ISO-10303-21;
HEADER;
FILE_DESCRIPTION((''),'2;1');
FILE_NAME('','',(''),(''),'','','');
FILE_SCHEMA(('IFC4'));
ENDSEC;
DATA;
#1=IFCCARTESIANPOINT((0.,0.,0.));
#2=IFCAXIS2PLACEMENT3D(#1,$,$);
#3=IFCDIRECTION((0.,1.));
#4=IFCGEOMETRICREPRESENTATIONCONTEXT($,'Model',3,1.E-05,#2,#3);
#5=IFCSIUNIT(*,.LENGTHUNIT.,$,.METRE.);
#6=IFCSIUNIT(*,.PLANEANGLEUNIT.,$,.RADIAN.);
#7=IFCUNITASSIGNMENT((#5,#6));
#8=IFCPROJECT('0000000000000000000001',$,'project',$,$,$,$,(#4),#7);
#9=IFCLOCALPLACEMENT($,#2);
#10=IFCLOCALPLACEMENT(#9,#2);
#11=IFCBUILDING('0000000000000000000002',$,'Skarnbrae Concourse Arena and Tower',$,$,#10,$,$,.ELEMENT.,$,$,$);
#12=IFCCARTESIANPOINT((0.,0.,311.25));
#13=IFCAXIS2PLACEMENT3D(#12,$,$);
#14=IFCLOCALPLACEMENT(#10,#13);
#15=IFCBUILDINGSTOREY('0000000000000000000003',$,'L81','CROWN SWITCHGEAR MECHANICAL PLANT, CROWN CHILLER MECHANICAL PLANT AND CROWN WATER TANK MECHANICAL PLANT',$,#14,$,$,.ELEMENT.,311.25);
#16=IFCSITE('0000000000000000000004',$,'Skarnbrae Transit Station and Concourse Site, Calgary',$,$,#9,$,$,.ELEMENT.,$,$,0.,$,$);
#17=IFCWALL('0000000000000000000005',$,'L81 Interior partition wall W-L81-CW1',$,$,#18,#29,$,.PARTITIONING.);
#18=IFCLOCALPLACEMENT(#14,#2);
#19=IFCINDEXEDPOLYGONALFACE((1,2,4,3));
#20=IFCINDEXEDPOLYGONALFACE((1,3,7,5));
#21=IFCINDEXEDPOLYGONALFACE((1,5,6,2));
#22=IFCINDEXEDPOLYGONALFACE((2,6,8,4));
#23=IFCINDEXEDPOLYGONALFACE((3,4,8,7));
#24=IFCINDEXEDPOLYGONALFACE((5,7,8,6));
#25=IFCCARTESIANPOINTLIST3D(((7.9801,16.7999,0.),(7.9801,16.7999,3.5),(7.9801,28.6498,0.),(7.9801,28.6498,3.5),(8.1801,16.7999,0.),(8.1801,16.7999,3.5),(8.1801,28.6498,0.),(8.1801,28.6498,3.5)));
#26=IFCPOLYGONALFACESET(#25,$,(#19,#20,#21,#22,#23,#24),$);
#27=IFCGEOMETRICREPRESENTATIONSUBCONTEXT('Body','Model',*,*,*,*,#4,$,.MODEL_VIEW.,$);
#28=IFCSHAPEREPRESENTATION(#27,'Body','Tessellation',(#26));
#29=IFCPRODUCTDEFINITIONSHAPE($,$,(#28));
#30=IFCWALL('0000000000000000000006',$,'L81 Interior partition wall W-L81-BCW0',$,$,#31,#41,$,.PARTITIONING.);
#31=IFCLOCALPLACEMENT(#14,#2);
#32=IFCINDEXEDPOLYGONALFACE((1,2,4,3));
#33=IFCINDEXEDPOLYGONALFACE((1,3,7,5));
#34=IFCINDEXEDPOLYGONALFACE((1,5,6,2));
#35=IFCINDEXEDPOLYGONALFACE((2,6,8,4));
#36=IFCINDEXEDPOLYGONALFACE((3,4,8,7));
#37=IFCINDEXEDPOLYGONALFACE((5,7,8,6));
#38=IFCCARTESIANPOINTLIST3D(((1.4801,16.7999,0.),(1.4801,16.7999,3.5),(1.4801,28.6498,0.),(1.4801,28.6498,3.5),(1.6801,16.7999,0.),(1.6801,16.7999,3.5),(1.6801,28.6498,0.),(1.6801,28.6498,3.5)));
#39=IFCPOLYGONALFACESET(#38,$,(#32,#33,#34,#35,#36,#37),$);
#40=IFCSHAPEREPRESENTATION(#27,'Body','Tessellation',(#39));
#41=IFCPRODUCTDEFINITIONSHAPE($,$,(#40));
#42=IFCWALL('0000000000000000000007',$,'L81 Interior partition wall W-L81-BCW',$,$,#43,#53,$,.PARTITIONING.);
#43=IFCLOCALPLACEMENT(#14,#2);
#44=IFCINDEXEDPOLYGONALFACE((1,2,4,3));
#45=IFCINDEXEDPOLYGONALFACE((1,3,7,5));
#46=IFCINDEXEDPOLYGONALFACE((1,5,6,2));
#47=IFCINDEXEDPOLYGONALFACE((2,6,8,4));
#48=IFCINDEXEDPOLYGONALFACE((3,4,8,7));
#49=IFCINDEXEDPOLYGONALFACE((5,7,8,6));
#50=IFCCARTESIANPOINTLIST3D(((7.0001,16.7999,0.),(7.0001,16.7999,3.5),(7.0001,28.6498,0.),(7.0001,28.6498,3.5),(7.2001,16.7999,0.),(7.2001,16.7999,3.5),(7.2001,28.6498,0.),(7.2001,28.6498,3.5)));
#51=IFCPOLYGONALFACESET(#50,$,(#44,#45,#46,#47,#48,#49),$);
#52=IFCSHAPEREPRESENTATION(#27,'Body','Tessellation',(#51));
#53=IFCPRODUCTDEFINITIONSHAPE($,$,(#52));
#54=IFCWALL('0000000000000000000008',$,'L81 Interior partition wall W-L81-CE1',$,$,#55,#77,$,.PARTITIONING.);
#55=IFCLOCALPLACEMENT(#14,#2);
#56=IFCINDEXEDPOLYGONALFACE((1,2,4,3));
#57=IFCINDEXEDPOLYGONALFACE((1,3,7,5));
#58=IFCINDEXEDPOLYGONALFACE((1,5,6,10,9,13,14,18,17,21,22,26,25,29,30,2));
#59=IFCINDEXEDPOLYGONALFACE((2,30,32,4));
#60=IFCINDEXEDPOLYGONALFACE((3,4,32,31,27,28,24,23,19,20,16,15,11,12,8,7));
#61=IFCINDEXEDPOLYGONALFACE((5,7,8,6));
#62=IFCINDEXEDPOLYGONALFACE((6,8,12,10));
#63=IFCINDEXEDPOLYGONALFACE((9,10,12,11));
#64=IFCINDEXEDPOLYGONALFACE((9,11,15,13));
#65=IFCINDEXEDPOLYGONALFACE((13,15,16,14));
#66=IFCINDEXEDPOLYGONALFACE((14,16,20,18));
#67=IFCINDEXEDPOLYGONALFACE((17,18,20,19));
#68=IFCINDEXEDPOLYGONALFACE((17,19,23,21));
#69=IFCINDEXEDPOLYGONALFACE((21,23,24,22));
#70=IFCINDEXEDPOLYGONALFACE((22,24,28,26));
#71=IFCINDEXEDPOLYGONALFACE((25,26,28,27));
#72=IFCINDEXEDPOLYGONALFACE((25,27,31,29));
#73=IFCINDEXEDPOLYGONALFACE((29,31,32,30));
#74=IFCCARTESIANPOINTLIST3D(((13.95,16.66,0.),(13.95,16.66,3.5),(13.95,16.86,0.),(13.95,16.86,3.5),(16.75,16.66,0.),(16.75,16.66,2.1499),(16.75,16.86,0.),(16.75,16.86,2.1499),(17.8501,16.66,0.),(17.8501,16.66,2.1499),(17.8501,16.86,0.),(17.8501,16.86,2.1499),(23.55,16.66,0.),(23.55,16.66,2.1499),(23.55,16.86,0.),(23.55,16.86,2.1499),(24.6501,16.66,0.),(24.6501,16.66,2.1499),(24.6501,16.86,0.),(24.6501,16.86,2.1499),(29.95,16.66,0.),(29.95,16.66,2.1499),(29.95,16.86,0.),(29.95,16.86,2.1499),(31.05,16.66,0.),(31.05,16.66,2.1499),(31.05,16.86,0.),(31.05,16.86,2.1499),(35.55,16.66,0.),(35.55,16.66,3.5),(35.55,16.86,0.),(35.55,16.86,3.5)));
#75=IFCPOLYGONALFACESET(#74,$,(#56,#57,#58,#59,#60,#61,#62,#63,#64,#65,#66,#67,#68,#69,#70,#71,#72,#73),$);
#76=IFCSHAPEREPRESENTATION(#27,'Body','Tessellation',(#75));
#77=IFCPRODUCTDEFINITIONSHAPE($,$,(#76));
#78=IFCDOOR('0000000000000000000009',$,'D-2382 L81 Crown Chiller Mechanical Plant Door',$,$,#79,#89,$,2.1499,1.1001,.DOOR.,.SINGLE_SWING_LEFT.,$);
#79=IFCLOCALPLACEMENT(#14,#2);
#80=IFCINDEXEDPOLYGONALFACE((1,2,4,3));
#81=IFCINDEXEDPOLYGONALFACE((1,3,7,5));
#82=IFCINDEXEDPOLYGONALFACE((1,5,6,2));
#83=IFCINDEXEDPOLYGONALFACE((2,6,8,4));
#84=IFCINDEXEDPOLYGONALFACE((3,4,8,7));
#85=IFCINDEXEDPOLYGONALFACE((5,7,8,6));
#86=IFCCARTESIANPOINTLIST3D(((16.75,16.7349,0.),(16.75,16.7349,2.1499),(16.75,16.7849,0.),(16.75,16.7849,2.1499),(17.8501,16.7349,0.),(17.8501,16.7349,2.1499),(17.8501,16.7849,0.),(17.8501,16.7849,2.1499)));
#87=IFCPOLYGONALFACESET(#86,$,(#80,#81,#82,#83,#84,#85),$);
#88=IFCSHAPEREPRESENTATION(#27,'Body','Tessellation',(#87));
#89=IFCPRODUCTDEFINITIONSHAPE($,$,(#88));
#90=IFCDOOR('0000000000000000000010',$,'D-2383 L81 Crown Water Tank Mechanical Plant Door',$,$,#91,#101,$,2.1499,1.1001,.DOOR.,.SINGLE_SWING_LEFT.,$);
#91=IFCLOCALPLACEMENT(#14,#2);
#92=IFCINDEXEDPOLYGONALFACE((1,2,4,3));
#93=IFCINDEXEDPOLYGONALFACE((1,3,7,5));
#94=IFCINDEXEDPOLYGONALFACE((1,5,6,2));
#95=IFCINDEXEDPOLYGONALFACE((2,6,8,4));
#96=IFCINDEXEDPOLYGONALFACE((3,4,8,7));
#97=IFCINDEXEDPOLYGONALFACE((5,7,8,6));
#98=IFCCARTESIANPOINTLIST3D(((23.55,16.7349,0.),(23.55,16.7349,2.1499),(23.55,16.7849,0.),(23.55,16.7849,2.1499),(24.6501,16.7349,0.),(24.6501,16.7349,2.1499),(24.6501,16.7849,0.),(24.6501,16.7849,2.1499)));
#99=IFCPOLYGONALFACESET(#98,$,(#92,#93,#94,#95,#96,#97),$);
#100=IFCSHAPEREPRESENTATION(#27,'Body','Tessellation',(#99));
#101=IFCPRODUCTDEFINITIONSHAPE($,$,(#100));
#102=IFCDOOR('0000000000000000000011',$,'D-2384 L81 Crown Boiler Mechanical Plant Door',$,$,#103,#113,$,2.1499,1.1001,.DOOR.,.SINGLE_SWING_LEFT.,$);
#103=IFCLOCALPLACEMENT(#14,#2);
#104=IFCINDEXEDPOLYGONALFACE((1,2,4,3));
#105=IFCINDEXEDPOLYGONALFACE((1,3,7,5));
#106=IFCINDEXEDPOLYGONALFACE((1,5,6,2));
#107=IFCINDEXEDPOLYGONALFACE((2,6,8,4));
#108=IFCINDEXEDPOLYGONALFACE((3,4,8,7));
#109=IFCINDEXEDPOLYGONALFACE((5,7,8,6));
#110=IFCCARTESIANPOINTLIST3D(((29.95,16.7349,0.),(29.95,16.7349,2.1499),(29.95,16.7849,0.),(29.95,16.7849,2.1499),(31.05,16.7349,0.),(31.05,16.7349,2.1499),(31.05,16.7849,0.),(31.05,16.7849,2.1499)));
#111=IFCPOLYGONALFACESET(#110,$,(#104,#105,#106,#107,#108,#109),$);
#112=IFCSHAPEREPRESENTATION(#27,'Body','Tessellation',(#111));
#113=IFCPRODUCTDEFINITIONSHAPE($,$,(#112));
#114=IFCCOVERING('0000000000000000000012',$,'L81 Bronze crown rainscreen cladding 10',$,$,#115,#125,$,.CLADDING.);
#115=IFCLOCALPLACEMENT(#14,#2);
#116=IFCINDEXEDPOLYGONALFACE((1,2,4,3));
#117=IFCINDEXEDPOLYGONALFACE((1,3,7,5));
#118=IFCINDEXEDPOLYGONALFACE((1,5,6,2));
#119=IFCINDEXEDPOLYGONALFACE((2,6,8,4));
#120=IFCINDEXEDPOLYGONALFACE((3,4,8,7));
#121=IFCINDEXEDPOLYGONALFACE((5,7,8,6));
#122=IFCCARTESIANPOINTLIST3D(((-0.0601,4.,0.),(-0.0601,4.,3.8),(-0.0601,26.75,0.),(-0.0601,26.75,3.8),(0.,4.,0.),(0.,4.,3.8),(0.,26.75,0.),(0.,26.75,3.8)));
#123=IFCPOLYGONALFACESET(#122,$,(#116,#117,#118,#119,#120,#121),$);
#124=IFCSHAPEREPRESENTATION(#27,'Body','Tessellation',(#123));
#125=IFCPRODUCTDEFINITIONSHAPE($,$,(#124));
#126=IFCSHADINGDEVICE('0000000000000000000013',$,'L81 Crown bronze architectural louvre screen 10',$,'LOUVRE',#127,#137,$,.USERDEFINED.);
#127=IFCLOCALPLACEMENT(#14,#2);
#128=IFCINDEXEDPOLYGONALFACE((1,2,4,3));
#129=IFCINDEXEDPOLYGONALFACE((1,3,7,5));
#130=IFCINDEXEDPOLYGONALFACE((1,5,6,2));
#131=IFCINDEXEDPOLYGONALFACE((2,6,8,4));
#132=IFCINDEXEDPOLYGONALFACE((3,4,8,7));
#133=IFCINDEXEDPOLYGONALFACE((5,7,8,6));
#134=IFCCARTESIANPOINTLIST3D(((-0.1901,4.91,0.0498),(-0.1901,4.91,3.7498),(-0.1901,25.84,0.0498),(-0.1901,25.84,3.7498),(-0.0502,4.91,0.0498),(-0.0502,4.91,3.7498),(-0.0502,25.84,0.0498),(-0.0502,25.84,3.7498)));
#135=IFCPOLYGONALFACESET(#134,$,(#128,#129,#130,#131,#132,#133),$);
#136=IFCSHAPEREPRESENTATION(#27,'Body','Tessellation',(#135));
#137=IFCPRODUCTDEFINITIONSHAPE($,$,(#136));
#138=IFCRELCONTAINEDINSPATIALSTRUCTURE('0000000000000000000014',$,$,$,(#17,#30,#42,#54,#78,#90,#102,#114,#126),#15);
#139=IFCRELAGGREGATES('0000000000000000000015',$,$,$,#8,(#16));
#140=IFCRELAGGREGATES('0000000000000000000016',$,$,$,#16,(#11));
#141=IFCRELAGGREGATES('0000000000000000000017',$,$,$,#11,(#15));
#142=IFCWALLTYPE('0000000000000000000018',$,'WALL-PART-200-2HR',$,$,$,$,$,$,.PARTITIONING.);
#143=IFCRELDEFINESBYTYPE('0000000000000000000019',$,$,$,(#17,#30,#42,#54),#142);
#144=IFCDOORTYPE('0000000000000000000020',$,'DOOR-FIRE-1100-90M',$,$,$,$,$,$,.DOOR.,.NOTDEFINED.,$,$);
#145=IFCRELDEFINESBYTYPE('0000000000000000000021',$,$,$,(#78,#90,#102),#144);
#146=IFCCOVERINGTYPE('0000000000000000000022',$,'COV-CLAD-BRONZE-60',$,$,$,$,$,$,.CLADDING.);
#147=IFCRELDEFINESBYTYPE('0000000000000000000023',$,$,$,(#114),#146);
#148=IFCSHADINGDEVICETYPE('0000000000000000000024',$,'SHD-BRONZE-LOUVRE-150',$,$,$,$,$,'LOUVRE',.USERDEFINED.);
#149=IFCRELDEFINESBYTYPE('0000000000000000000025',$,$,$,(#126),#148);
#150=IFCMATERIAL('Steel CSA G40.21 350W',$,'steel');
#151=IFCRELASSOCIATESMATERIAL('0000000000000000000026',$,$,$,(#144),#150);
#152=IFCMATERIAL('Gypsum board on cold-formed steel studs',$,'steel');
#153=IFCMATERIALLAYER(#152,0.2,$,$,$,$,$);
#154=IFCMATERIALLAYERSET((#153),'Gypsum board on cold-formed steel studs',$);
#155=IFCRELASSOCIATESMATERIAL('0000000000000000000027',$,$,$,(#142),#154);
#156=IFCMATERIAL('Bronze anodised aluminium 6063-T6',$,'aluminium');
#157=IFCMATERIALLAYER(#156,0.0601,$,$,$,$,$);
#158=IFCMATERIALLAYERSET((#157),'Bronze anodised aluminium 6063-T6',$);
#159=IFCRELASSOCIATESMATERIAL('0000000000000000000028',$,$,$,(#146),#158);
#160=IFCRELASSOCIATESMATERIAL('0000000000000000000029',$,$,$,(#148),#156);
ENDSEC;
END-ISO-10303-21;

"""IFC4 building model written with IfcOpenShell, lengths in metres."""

from ifc_helpers import new_model, si_unit, direction, frame, frame_2d, origin, origin_2d, place, context, subcontext, project, spatial, rectangle, extrude, source, transform, mapped, material, layer, layer_set, type_object, element, fill, save


model = new_model("IFC4")

# Units and contexts
model_context = context("Model", 3, precision=1e-05, world=origin(), true_north=direction((0.0, 1.0)))
body_context = subcontext(model_context, "Body", "Model", "MODEL_VIEW")
ifc_project = project(units=[si_unit("LENGTHUNIT", "METRE"), si_unit("PLANEANGLEUNIT", "RADIAN")], contexts=[model_context])

# Site, building, storey
site_placement = place(None, origin())
site = spatial("IfcSite", under=ifc_project, at=site_placement, Name="Skarnbrae Transit Station and Concourse Site, Calgary", CompositionType="ELEMENT", RefElevation=0.0)
building_placement = place(site_placement, origin())
building = spatial("IfcBuilding", under=site, at=building_placement, Name="Skarnbrae Concourse Arena and Tower", CompositionType="ELEMENT")
storey_placement = place(building_placement, frame((0.0, 0.0, 311.25)))
storey = spatial("IfcBuildingStorey", under=building, at=storey_placement, Name="L81", Description="CROWN SWITCHGEAR MECHANICAL PLANT, CROWN CHILLER MECHANICAL PLANT AND CROWN WATER TANK MECHANICAL PLANT", CompositionType="ELEMENT", Elevation=311.25)

# Shared definitions
ifc_material_1 = material(Name="Steel CSA G40.21 350W", Category="steel")

# Shared definitions
door_type_1 = type_object("IfcDoorType", Name="DOOR-FIRE-1100-90M", OperationType="NOTDEFINED", PredefinedType="DOOR", material=ifc_material_1)
shared_shape_1 = source(origin(), body_context, "Body", "SweptSolid", [
    extrude(rectangle(XDim=1.1001, YDim=2.1499, at=frame_2d((0.55, 1.075))), frame((0.0, 0.0249, 0.0), z_axis=(0.0, -1.0, 0.0), x_axis=(1.0, 0.0, 0.0)), (0.0, 0.0, 1.0), 0.05),
])

# Shared definitions
ifc_material_2 = material(Name="Gypsum board on cold-formed steel studs", Category="steel")
ifc_layer_1 = layer(ifc_material_2, 0.2)
ifc_layer_set_1 = layer_set([ifc_layer_1], Name="Gypsum board on cold-formed steel studs")
wall_type_1 = type_object("IfcWallType", Name="WALL-PART-200-2HR", PredefinedType="PARTITIONING", material=ifc_layer_set_1)

# Walls
shared_shape_2 = source(origin(), body_context, "Body", "SweptSolid", [
    extrude(rectangle(XDim=11.8499, YDim=0.2, at=frame_2d((5.9248, 0.0))), origin(), (0.0, 0.0, 1.0), 3.5),
])
for number, where, z_axis, x_axis, name in (
    (1, (8.0801, 16.8, 0.0), (0.0, 0.0, 1.0), (0.0, 1.0, 0.0), "L81 Interior partition wall W-L81-CW1"),
    (2, (1.5801, 16.8, 0.0), (0.0, 0.0, 1.0), (0.0, 1.0, 0.0), "L81 Interior partition wall W-L81-BCW0"),
    (3, (7.1001, 16.8, 0.0), (0.0, 0.0, 1.0), (0.0, 1.0, 0.0), "L81 Interior partition wall W-L81-BCW"),
):
    element("IfcWall", number, at=place(storey_placement, frame(where, z_axis=z_axis, x_axis=x_axis)), inside=storey, type_object=wall_type_1, Name=name, PredefinedType="PARTITIONING", context=body_context, shape_type="MappedRepresentation", body=[
        mapped(shared_shape_2, transform((0.0, 0.0, 0.0))),
    ])

# Wall, openings, doors
shared_shape_3 = source(origin(), body_context, "Body", "SweptSolid", [
    extrude(rectangle(XDim=21.6001, YDim=0.2, at=frame_2d((10.8, 0.0))), origin(), (0.0, 0.0, 1.0), 3.5),
])
wall_1_placement = place(storey_placement, frame((13.95, 16.76, 0.0), z_axis=(0.0, 0.0, 1.0), x_axis=(1.0, 0.0, 0.0)))
wall_1 = element("IfcWall", 4, at=wall_1_placement, inside=storey, type_object=wall_type_1, Name="L81 Interior partition wall W-L81-CE1", PredefinedType="PARTITIONING", context=body_context, shape_type="MappedRepresentation", body=[
    mapped(shared_shape_3, transform((0.0, 0.0, 0.0))),
])
opening_1_placement = place(wall_1_placement, frame((2.8, 0.0, 0.0)))
opening_1 = element("IfcOpeningElement", 5, at=opening_1_placement, cuts=wall_1, PredefinedType="OPENING", context=body_context, shape_type="SweptSolid", body=[
    extrude(rectangle(XDim=1.1001, YDim=2.1499, at=frame_2d((0.55, 1.075))), frame((0.0, 0.1099, 0.0), z_axis=(0.0, -1.0, 0.0), x_axis=(1.0, 0.0, 0.0)), (0.0, 0.0, 1.0), 0.22),
])
opening_2_placement = place(wall_1_placement, frame((9.6001, 0.0, 0.0)))
opening_2 = element("IfcOpeningElement", 6, at=opening_2_placement, cuts=wall_1, PredefinedType="OPENING", context=body_context, shape_type="SweptSolid", body=[
    extrude(rectangle(XDim=1.1001, YDim=2.1499, at=frame_2d((0.55, 1.075))), frame((0.0, 0.1099, 0.0), z_axis=(0.0, -1.0, 0.0), x_axis=(1.0, 0.0, 0.0)), (0.0, 0.0, 1.0), 0.22),
])
opening_3_placement = place(wall_1_placement, frame((16.0, 0.0, 0.0)))
opening_3 = element("IfcOpeningElement", 7, at=opening_3_placement, cuts=wall_1, PredefinedType="OPENING", context=body_context, shape_type="SweptSolid", body=[
    extrude(rectangle(XDim=1.1001, YDim=2.1499, at=frame_2d((0.55, 1.075))), frame((0.0, 0.1099, 0.0), z_axis=(0.0, -1.0, 0.0), x_axis=(1.0, 0.0, 0.0)), (0.0, 0.0, 1.0), 0.22),
])
door_1_placement = place(opening_1_placement, origin())
door_1 = element("IfcDoor", 8, at=door_1_placement, inside=storey, type_object=door_type_1, Name="D-2382 L81 Crown Chiller Mechanical Plant Door", OperationType="SINGLE_SWING_LEFT", OverallHeight=2.1499, OverallWidth=1.1001, PredefinedType="DOOR", context=body_context, shape_type="MappedRepresentation", body=[
    mapped(shared_shape_1, transform((0.0, 0.0, 0.0))),
])
fill(opening_1, door_1)
door_2_placement = place(opening_2_placement, origin())
door_2 = element("IfcDoor", 9, at=door_2_placement, inside=storey, type_object=door_type_1, Name="D-2383 L81 Crown Water Tank Mechanical Plant Door", OperationType="SINGLE_SWING_LEFT", OverallHeight=2.1499, OverallWidth=1.1001, PredefinedType="DOOR", context=body_context, shape_type="MappedRepresentation", body=[
    mapped(shared_shape_1, transform((0.0, 0.0, 0.0))),
])
fill(opening_2, door_2)
door_3_placement = place(opening_3_placement, origin())
door_3 = element("IfcDoor", 10, at=door_3_placement, inside=storey, type_object=door_type_1, Name="D-2384 L81 Crown Boiler Mechanical Plant Door", OperationType="SINGLE_SWING_LEFT", OverallHeight=2.1499, OverallWidth=1.1001, PredefinedType="DOOR", context=body_context, shape_type="MappedRepresentation", body=[
    mapped(shared_shape_1, transform((0.0, 0.0, 0.0))),
])
fill(opening_3, door_3)

# Covering
ifc_material_3 = material(Name="Bronze anodised aluminium 6063-T6", Category="aluminium")
ifc_layer_2 = layer(ifc_material_3, 0.0601)
ifc_layer_set_2 = layer_set([ifc_layer_2], Name="Bronze anodised aluminium 6063-T6")
covering_type = type_object("IfcCoveringType", Name="COV-CLAD-BRONZE-60", PredefinedType="CLADDING", material=ifc_layer_set_2)
shared_shape_4 = source(origin(), body_context, "Body", "SweptSolid", [
    extrude(rectangle(XDim=22.75, YDim=0.0601, at=origin_2d()), origin(), (0.0, 0.0, 1.0), 3.8),
])
covering_placement = place(storey_placement, frame((-0.03, 15.375, 0.0), z_axis=(0.0, 0.0, 1.0), x_axis=(0.0, -1.0, 0.0)))
element("IfcCovering", 11, at=covering_placement, inside=storey, type_object=covering_type, Name="L81 Bronze crown rainscreen cladding 10", PredefinedType="CLADDING", context=body_context, shape_type="MappedRepresentation", body=[
    mapped(shared_shape_4, transform((0.0, 0.0, 0.0))),
])

# Shading device
shading_device_type = type_object("IfcShadingDeviceType", Name="SHD-BRONZE-LOUVRE-150", ElementType="LOUVRE", PredefinedType="USERDEFINED", material=ifc_material_3)
shared_shape_5 = source(origin(), body_context, "Body", "SweptSolid", [
    extrude(rectangle(XDim=20.9299, YDim=0.1399, at=origin_2d()), origin(), (0.0, 0.0, 1.0), 3.7),
])
shading_device_placement = place(storey_placement, frame((-0.1201, 15.375, 0.0498), z_axis=(0.0, 0.0, 1.0), x_axis=(0.0, -1.0, 0.0)))
element("IfcShadingDevice", 12, at=shading_device_placement, inside=storey, type_object=shading_device_type, Name="L81 Crown bronze architectural louvre screen 10", ObjectType="LOUVRE", PredefinedType="USERDEFINED", context=body_context, shape_type="MappedRepresentation", body=[
    mapped(shared_shape_5, transform((0.0, 0.0, 0.0))),
])

save(model, "model.ifc")
